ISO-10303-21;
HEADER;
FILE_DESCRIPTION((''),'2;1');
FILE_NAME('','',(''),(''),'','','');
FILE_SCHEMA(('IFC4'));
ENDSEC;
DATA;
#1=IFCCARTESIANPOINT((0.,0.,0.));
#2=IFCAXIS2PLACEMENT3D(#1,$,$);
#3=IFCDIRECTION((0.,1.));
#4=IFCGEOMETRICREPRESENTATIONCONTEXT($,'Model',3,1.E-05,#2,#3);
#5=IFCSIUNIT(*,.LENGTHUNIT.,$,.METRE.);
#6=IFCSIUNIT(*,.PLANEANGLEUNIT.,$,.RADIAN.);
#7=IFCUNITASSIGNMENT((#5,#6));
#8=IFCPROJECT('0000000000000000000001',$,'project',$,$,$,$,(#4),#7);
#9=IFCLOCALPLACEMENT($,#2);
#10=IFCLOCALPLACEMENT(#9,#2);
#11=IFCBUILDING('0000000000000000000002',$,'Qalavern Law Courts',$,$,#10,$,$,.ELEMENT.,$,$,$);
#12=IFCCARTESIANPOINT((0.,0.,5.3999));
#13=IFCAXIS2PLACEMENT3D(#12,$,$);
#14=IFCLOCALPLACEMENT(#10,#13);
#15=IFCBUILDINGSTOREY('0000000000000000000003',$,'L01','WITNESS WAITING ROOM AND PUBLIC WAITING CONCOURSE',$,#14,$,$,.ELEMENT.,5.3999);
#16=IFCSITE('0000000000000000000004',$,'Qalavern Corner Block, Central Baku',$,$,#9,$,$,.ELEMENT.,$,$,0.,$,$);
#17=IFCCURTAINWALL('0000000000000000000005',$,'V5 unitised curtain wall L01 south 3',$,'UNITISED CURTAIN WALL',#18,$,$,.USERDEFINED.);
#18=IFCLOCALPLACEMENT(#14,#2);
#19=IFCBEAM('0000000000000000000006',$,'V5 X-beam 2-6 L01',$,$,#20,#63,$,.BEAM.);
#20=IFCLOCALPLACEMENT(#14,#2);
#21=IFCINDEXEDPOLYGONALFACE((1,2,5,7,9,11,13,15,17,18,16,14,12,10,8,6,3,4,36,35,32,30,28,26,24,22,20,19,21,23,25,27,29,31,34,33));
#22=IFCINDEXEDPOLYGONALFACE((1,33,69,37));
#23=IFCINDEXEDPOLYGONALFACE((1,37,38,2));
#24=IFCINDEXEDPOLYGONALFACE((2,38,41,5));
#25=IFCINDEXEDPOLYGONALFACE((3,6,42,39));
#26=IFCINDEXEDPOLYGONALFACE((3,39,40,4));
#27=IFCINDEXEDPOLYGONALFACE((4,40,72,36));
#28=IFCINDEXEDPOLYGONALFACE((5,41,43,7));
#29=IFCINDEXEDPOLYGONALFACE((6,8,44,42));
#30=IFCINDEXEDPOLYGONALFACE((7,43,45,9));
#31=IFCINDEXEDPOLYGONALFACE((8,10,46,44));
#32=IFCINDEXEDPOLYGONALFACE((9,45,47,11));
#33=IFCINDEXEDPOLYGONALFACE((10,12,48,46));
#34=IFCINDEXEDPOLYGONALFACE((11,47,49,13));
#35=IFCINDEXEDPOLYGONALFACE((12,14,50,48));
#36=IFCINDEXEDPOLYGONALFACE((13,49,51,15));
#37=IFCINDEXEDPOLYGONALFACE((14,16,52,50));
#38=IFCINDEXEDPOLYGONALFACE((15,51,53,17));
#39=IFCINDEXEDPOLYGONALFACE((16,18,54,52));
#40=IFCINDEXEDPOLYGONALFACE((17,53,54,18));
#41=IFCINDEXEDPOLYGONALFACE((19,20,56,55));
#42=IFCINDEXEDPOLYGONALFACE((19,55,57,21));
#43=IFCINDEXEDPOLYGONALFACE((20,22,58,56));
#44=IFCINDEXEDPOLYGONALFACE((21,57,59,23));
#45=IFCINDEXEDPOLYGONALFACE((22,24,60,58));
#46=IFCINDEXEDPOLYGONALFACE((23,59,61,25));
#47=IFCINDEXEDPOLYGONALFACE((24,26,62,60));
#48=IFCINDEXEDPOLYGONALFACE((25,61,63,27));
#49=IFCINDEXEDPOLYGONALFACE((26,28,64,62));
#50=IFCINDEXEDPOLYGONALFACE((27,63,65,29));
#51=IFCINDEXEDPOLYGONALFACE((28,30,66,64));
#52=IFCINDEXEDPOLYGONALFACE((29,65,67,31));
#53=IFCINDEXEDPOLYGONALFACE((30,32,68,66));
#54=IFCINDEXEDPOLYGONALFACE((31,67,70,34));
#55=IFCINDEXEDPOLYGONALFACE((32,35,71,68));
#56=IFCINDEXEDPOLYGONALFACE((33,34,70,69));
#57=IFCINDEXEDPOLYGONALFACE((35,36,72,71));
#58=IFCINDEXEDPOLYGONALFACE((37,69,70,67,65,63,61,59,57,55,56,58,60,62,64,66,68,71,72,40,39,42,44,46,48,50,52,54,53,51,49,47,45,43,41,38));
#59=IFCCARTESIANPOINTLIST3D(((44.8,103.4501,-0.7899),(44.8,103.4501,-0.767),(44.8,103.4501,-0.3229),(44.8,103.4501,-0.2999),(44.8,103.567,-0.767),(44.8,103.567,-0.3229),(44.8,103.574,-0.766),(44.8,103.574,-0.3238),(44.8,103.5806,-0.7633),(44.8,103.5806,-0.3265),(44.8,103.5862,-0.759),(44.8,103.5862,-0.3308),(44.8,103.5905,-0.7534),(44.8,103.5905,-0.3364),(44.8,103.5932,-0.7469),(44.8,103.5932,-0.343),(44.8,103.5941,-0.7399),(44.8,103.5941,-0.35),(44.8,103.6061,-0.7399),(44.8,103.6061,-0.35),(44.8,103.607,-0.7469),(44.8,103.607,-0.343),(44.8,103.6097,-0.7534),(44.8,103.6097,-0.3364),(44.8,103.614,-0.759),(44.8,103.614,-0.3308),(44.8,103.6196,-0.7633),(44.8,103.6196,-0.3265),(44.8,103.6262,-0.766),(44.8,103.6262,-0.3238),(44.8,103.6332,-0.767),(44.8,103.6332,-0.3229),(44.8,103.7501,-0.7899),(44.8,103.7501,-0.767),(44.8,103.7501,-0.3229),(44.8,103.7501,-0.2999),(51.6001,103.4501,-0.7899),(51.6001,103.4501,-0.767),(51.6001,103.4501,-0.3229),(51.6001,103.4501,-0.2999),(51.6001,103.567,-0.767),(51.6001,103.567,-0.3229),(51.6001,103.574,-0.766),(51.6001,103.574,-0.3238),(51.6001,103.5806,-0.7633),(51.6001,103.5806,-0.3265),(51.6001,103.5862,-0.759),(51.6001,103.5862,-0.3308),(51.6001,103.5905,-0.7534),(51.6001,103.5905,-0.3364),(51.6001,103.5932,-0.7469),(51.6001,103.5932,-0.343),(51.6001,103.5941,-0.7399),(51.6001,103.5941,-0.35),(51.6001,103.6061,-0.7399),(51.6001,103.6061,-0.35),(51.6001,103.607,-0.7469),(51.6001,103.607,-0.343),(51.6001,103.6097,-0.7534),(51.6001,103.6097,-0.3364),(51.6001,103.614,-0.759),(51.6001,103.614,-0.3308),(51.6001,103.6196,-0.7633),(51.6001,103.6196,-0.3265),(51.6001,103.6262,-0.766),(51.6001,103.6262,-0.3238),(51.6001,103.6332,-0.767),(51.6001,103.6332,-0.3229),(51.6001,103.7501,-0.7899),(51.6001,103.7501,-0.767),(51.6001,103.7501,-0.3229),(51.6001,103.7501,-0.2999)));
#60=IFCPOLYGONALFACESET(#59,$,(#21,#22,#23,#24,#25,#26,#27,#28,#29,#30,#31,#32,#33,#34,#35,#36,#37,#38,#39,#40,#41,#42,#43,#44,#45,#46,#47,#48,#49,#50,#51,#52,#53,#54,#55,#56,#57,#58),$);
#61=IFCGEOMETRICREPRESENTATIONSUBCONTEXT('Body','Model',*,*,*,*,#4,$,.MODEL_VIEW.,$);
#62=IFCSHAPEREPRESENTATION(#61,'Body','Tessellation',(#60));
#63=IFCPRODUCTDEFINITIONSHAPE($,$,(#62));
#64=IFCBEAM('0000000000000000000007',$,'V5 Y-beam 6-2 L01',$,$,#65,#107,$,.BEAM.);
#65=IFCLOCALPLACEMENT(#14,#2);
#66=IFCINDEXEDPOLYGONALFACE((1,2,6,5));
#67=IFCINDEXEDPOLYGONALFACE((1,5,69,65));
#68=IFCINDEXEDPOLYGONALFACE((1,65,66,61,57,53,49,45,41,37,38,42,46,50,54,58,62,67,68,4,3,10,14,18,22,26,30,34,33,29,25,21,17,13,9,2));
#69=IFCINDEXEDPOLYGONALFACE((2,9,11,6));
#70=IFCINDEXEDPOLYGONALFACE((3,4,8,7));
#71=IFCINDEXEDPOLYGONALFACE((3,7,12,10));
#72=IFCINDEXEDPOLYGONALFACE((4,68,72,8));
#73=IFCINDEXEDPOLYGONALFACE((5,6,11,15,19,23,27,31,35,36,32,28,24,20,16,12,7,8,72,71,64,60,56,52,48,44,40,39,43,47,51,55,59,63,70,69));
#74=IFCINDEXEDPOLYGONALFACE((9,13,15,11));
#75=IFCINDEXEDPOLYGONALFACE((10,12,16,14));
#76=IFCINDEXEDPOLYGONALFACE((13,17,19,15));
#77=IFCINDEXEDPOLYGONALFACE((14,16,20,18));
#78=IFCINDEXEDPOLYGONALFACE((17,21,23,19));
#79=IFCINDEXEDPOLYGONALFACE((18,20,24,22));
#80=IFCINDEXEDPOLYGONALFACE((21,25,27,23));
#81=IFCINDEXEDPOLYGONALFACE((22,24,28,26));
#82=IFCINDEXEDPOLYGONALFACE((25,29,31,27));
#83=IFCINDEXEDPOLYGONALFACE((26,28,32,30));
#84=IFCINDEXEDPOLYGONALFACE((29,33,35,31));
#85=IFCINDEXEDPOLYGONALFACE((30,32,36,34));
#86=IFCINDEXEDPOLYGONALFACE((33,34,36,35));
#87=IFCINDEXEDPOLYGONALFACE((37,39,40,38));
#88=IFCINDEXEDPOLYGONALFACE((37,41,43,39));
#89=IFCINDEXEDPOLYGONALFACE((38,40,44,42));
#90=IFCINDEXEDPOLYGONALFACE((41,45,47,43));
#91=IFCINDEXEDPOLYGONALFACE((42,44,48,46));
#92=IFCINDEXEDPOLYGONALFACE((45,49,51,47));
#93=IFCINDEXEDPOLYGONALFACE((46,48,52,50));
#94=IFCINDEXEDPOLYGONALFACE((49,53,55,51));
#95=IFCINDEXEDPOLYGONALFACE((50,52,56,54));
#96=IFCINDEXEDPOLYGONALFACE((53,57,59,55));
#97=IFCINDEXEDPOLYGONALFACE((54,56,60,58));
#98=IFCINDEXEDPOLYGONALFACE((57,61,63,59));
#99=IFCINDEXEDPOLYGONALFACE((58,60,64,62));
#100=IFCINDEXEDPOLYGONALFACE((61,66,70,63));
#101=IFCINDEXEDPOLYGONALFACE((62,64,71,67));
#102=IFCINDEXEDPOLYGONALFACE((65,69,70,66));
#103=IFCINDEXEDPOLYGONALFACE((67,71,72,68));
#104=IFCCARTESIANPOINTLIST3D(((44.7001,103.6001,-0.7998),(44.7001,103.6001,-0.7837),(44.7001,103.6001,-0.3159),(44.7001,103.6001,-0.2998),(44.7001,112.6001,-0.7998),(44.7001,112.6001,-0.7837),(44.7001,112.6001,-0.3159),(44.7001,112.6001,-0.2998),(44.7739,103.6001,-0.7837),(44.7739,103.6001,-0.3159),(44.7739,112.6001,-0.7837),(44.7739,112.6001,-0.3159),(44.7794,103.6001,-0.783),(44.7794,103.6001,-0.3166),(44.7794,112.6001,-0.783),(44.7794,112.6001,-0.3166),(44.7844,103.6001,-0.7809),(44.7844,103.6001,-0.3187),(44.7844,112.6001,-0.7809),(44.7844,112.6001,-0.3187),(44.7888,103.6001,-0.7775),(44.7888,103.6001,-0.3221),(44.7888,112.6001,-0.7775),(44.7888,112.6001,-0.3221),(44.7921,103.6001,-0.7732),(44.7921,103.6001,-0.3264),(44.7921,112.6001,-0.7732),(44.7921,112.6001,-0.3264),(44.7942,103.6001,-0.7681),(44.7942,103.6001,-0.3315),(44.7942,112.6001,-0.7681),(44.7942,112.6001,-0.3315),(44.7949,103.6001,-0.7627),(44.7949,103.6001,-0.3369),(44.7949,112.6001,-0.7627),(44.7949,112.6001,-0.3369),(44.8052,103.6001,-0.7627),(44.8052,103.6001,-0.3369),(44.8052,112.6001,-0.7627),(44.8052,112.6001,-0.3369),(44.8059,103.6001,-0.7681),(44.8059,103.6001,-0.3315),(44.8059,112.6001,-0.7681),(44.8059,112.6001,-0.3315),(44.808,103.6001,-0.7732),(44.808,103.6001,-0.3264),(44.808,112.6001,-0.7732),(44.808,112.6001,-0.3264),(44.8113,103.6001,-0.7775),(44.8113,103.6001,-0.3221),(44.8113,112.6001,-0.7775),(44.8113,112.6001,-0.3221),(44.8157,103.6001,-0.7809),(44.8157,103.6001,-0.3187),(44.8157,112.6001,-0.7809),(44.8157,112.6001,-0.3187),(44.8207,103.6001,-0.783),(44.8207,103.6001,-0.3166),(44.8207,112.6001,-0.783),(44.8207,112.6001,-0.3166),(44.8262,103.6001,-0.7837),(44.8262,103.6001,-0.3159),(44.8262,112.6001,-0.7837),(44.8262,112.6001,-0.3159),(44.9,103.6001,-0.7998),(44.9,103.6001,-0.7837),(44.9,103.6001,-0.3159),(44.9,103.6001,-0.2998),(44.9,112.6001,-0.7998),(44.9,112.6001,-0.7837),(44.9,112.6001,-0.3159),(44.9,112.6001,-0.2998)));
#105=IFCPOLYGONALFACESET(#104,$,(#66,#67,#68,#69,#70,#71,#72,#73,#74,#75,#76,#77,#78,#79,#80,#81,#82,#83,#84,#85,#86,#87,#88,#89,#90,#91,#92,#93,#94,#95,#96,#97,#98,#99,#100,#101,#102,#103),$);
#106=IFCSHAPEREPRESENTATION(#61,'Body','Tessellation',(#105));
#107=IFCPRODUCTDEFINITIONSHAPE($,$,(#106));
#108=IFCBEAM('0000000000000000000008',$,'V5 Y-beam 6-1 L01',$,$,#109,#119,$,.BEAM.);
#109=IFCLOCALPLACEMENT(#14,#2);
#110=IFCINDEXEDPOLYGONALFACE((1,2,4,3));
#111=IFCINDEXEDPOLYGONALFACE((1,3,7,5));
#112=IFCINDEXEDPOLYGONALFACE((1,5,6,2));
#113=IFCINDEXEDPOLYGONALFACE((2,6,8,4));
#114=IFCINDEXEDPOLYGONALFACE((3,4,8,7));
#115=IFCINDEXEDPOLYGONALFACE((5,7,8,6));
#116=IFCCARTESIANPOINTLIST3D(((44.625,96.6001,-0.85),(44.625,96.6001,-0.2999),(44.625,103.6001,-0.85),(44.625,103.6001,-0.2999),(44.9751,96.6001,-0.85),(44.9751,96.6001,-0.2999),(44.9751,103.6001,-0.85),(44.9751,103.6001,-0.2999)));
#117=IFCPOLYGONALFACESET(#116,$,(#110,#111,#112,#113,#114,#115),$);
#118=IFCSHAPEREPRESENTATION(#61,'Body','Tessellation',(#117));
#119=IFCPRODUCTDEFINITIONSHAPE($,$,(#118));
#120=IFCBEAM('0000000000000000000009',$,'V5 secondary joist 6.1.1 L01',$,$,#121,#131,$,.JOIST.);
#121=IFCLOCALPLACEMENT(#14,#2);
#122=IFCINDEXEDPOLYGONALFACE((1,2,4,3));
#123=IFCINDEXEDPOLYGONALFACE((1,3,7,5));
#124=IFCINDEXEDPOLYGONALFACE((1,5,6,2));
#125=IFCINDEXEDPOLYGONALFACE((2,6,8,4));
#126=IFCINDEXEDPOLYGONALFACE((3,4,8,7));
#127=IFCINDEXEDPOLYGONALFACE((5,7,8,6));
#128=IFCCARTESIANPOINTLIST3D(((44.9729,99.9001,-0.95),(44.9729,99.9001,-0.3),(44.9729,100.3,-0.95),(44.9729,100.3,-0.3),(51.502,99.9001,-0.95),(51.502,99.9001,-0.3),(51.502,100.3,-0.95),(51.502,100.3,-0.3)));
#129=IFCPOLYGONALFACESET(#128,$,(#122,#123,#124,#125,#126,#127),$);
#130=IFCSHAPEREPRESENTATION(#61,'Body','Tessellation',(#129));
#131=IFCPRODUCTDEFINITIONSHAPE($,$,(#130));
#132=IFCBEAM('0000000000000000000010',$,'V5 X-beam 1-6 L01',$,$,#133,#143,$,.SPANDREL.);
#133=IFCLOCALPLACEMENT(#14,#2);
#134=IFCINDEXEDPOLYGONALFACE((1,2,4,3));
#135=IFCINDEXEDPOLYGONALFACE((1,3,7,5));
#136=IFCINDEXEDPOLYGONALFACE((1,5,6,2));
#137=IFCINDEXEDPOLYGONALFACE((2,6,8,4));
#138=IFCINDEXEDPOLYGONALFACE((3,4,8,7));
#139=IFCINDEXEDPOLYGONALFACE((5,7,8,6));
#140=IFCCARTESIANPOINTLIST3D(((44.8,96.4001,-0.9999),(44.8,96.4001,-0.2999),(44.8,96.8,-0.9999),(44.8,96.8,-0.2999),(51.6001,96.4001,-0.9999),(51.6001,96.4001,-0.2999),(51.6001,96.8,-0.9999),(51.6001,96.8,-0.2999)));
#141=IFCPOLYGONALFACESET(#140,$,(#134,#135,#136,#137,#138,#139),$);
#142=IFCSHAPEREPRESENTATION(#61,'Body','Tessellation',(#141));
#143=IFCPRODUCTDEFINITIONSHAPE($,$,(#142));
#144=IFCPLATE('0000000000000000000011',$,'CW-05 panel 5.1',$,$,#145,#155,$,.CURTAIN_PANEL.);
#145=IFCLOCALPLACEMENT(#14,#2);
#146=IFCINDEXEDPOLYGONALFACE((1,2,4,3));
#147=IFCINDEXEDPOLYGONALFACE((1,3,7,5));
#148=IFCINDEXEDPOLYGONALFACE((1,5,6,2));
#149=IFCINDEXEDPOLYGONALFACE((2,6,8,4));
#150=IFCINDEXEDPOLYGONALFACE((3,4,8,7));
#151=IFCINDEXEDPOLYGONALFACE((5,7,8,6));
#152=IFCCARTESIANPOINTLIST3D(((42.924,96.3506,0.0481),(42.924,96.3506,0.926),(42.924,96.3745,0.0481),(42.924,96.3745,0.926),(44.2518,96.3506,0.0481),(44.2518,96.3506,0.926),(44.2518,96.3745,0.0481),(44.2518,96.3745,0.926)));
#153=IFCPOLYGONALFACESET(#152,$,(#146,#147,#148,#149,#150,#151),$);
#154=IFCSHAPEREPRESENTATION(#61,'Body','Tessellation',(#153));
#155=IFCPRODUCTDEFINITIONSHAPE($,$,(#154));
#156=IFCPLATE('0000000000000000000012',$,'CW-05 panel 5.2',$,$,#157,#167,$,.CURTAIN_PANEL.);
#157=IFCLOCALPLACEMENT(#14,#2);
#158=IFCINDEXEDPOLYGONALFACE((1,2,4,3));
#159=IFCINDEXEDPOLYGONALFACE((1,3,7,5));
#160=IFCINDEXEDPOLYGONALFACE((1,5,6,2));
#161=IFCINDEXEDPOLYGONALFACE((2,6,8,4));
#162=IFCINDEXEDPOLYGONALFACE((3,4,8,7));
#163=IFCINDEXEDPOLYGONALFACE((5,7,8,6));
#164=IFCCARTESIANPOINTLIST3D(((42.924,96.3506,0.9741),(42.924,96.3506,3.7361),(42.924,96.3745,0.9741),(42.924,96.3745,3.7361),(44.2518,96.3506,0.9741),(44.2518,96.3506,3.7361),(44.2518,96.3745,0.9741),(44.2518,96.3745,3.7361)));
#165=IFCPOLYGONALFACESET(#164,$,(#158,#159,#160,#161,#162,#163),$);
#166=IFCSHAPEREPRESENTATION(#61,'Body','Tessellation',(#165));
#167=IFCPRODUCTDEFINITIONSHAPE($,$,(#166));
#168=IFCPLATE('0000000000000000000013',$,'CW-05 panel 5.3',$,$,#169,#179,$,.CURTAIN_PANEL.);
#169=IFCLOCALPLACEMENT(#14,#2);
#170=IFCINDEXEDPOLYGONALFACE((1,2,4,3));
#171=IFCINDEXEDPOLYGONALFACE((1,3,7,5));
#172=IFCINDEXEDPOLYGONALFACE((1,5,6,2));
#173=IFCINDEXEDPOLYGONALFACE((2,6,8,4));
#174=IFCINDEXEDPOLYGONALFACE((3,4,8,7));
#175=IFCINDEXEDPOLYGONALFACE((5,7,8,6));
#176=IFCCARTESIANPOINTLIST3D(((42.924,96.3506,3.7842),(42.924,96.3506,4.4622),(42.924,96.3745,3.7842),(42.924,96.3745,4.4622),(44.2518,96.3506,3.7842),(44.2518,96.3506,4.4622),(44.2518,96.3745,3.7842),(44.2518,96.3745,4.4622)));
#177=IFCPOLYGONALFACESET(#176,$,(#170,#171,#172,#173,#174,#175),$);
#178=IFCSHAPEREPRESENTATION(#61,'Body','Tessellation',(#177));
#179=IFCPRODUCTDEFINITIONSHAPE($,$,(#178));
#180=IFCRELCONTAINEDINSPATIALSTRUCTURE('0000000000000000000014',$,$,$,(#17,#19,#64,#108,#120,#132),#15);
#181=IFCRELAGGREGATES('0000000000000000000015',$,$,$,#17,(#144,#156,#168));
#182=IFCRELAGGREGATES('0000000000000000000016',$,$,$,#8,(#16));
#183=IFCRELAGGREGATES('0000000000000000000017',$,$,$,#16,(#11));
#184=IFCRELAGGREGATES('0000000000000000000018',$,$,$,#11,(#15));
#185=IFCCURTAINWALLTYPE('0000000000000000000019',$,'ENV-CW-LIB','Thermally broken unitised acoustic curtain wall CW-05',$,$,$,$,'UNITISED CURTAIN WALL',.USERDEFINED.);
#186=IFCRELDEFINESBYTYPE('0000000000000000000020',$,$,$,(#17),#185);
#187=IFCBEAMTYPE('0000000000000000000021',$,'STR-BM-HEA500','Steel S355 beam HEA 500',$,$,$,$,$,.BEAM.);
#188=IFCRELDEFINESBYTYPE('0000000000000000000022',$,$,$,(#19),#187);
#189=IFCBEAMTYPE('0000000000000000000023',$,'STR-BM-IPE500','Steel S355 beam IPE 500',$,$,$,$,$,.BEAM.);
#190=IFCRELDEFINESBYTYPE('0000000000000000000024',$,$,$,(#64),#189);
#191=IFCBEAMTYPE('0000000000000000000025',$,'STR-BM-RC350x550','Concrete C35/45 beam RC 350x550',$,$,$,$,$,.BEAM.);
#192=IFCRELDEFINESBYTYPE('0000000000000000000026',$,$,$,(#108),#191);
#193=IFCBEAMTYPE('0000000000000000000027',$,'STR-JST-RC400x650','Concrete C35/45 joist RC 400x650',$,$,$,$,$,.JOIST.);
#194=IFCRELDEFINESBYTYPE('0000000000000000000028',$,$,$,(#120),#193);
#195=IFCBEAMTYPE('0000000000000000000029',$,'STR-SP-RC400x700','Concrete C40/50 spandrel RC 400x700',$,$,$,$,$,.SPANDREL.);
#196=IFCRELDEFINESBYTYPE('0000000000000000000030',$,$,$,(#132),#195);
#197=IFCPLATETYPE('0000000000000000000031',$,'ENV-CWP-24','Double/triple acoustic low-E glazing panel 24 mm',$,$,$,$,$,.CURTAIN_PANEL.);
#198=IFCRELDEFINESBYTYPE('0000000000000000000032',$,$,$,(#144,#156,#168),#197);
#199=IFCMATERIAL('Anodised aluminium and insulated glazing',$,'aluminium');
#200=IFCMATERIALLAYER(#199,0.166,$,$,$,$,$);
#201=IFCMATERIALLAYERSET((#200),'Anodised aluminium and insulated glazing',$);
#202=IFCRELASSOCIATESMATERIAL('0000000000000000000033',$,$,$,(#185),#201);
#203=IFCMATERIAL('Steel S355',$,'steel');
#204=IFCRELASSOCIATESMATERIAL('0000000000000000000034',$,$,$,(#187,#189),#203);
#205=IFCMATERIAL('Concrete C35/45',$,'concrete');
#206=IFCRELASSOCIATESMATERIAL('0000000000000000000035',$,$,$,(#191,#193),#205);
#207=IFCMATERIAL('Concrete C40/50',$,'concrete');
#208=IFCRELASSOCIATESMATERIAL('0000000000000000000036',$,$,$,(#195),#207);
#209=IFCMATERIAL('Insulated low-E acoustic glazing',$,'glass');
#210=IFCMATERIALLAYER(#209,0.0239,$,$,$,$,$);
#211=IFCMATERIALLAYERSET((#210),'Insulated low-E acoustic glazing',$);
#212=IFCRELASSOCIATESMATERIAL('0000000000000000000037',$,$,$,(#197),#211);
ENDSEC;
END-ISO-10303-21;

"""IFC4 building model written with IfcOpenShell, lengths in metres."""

from ifc_helpers import new_model, si_unit, direction, frame, origin, origin_2d, place, context, subcontext, project, spatial, rectangle, i_section, extrude, material, layer, layer_set, material_profile, profile_set, type_object, element, aggregate, save


model = new_model("IFC4")

# Units and contexts
model_context = context("Model", 3, precision=1e-05, world=origin(), true_north=direction((0.0, 1.0)))
body_context = subcontext(model_context, "Body", "Model", "MODEL_VIEW")
ifc_project = project(units=[si_unit("LENGTHUNIT", "METRE"), si_unit("PLANEANGLEUNIT", "RADIAN")], contexts=[model_context])

# Site, building, storey
site_placement = place(None, origin())
site = spatial("IfcSite", under=ifc_project, at=site_placement, Name="Qalavern Corner Block, Central Baku", CompositionType="ELEMENT", RefElevation=0.0)
building_placement = place(site_placement, origin())
building = spatial("IfcBuilding", under=site, at=building_placement, Name="Qalavern Law Courts", CompositionType="ELEMENT")
storey_placement = place(building_placement, frame((0.0, 0.0, 5.3999)))
storey = spatial("IfcBuildingStorey", under=building, at=storey_placement, Name="L01", Description="WITNESS WAITING ROOM AND PUBLIC WAITING CONCOURSE", CompositionType="ELEMENT", Elevation=5.3999)

# Curtain wall
ifc_material_1 = material(Name="Anodised aluminium and insulated glazing", Category="aluminium")
ifc_layer_1 = layer(ifc_material_1, 0.166)
ifc_layer_set_1 = layer_set([ifc_layer_1], Name="Anodised aluminium and insulated glazing")
curtain_wall_type = type_object("IfcCurtainWallType", Name="ENV-CW-LIB", Description="Thermally broken unitised acoustic curtain wall CW-05", ElementType="UNITISED CURTAIN WALL", PredefinedType="USERDEFINED", material=ifc_layer_set_1)
curtain_wall_1_placement = place(storey_placement, origin())
curtain_wall_1 = element("IfcCurtainWall", 1, at=curtain_wall_1_placement, inside=storey, type_object=curtain_wall_type, Name="V5 unitised curtain wall L01 south 3", ObjectType="UNITISED CURTAIN WALL", PredefinedType="USERDEFINED")

# Beams
ifc_material_2 = material(Name="Steel S355", Category="steel")
ifc_material_profile_1 = material_profile(ifc_material_2, i_section(OverallWidth=0.3, OverallDepth=0.49, WebThickness=0.012, FlangeThickness=0.0229, FilletRadius=0.0271, at=origin_2d()), Name="HEA 500")
ifc_profile_set_1 = profile_set([ifc_material_profile_1], Name="Steel S355")
beam_type_1 = type_object("IfcBeamType", Name="STR-BM-HEA500", Description="Steel S355 beam HEA 500", PredefinedType="BEAM", material=ifc_profile_set_1)
beam_1_placement = place(storey_placement, frame((44.8, 103.6001, -0.5449), z_axis=(1.0, 0.0, 0.0), x_axis=(0.0, 1.0, 0.0)))
element("IfcBeam", 2, at=beam_1_placement, inside=storey, type_object=beam_type_1, Name="V5 X-beam 2-6 L01", PredefinedType="BEAM", context=body_context, shape_type="SweptSolid", body=[
    extrude(i_section(OverallWidth=0.3, OverallDepth=0.49, WebThickness=0.012, FlangeThickness=0.0229, FilletRadius=0.0271, at=origin_2d()), origin(), (0.0, 0.0, 1.0), 6.8),
])
ifc_material_profile_2 = material_profile(ifc_material_2, i_section(OverallWidth=0.2, OverallDepth=0.5, WebThickness=0.0103, FlangeThickness=0.0161, FilletRadius=0.021, at=origin_2d()), Name="IPE 500")
ifc_profile_set_2 = profile_set([ifc_material_profile_2], Name="Steel S355")
beam_type_2 = type_object("IfcBeamType", Name="STR-BM-IPE500", Description="Steel S355 beam IPE 500", PredefinedType="BEAM", material=ifc_profile_set_2)
beam_2_placement = place(storey_placement, frame((44.8, 103.6001, -0.5498), z_axis=(0.0, 1.0, 0.0), x_axis=(-1.0, 0.0, 0.0)))
element("IfcBeam", 3, at=beam_2_placement, inside=storey, type_object=beam_type_2, Name="V5 Y-beam 6-2 L01", PredefinedType="BEAM", context=body_context, shape_type="SweptSolid", body=[
    extrude(i_section(OverallWidth=0.2, OverallDepth=0.5, WebThickness=0.0103, FlangeThickness=0.0161, FilletRadius=0.021, at=origin_2d()), origin(), (0.0, 0.0, 1.0), 9.0),
])
ifc_material_3 = material(Name="Concrete C35/45", Category="concrete")
ifc_material_profile_3 = material_profile(ifc_material_3, rectangle(XDim=0.3501, YDim=0.55, at=origin_2d()), Name="RC 350x550")
ifc_profile_set_3 = profile_set([ifc_material_profile_3], Name="Concrete C35/45")
beam_type_3 = type_object("IfcBeamType", Name="STR-BM-RC350x550", Description="Concrete C35/45 beam RC 350x550", PredefinedType="BEAM", material=ifc_profile_set_3)
beam_3_placement = place(storey_placement, frame((44.8, 96.6001, -0.575), z_axis=(0.0, 1.0, 0.0), x_axis=(-1.0, 0.0, 0.0)))
element("IfcBeam", 4, at=beam_3_placement, inside=storey, type_object=beam_type_3, Name="V5 Y-beam 6-1 L01", PredefinedType="BEAM", context=body_context, shape_type="SweptSolid", body=[
    extrude(rectangle(XDim=0.3501, YDim=0.55, at=origin_2d()), origin(), (0.0, 0.0, 1.0), 7.0),
])
ifc_material_profile_4 = material_profile(ifc_material_3, rectangle(XDim=0.3999, YDim=0.6499, at=origin_2d()), Name="RC 400x650")
ifc_profile_set_4 = profile_set([ifc_material_profile_4], Name="Concrete C35/45")
beam_type_4 = type_object("IfcBeamType", Name="STR-JST-RC400x650", Description="Concrete C35/45 joist RC 400x650", PredefinedType="JOIST", material=ifc_profile_set_4)
beam_4_placement = place(storey_placement, frame((44.9729, 100.1001, -0.625), z_axis=(1.0, 0.0, 0.0), x_axis=(0.0, 1.0, 0.0)))
element("IfcBeam", 5, at=beam_4_placement, inside=storey, type_object=beam_type_4, Name="V5 secondary joist 6.1.1 L01", PredefinedType="JOIST", context=body_context, shape_type="SweptSolid", body=[
    extrude(rectangle(XDim=0.3999, YDim=0.6499, at=origin_2d()), origin(), (0.0, 0.0, 1.0), 6.5291),
])
ifc_material_4 = material(Name="Concrete C40/50", Category="concrete")
ifc_material_profile_5 = material_profile(ifc_material_4, rectangle(XDim=0.3999, YDim=0.7, at=origin_2d()), Name="RC 400x700")
ifc_profile_set_5 = profile_set([ifc_material_profile_5], Name="Concrete C40/50")
beam_type_5 = type_object("IfcBeamType", Name="STR-SP-RC400x700", Description="Concrete C40/50 spandrel RC 400x700", PredefinedType="SPANDREL", material=ifc_profile_set_5)
beam_5_placement = place(storey_placement, frame((44.8, 96.6001, -0.6499), z_axis=(1.0, 0.0, 0.0), x_axis=(0.0, 1.0, 0.0)))
element("IfcBeam", 6, at=beam_5_placement, inside=storey, type_object=beam_type_5, Name="V5 X-beam 1-6 L01", PredefinedType="SPANDREL", context=body_context, shape_type="SweptSolid", body=[
    extrude(rectangle(XDim=0.3999, YDim=0.7, at=origin_2d()), origin(), (0.0, 0.0, 1.0), 6.8),
])

# Plates
ifc_material_5 = material(Name="Insulated low-E acoustic glazing", Category="glass")
ifc_layer_2 = layer(ifc_material_5, 0.0239)
ifc_layer_set_2 = layer_set([ifc_layer_2], Name="Insulated low-E acoustic glazing")
plate_type = type_object("IfcPlateType", Name="ENV-CWP-24", Description="Double/triple acoustic low-E glazing panel 24 mm", PredefinedType="CURTAIN_PANEL", material=ifc_layer_set_2)
plate_1_placement = place(storey_placement, frame((43.5879, 96.3625, 0.0481), z_axis=(0.0, 0.0, 1.0), x_axis=(1.0, 0.0, 0.0)))
plate_1 = element("IfcPlate", 7, at=plate_1_placement, type_object=plate_type, Name="CW-05 panel 5.1", PredefinedType="CURTAIN_PANEL", context=body_context, shape_type="SweptSolid", body=[
    extrude(rectangle(XDim=1.3279, YDim=0.0239, at=origin_2d()), origin(), (0.0, 0.0, 1.0), 0.8779),
])
plate_2_placement = place(storey_placement, frame((43.5879, 96.3625, 0.9741), z_axis=(0.0, 0.0, 1.0), x_axis=(1.0, 0.0, 0.0)))
plate_2 = element("IfcPlate", 8, at=plate_2_placement, type_object=plate_type, Name="CW-05 panel 5.2", PredefinedType="CURTAIN_PANEL", context=body_context, shape_type="SweptSolid", body=[
    extrude(rectangle(XDim=1.3279, YDim=0.0239, at=origin_2d()), origin(), (0.0, 0.0, 1.0), 2.762),
])
plate_3_placement = place(storey_placement, frame((43.5879, 96.3625, 3.7842), z_axis=(0.0, 0.0, 1.0), x_axis=(1.0, 0.0, 0.0)))
plate_3 = element("IfcPlate", 9, at=plate_3_placement, type_object=plate_type, Name="CW-05 panel 5.3", PredefinedType="CURTAIN_PANEL", context=body_context, shape_type="SweptSolid", body=[
    extrude(rectangle(XDim=1.3279, YDim=0.0239, at=origin_2d()), origin(), (0.0, 0.0, 1.0), 0.678),
])
aggregate(curtain_wall_1, [plate_1, plate_2, plate_3])

save(model, "model.ifc")
